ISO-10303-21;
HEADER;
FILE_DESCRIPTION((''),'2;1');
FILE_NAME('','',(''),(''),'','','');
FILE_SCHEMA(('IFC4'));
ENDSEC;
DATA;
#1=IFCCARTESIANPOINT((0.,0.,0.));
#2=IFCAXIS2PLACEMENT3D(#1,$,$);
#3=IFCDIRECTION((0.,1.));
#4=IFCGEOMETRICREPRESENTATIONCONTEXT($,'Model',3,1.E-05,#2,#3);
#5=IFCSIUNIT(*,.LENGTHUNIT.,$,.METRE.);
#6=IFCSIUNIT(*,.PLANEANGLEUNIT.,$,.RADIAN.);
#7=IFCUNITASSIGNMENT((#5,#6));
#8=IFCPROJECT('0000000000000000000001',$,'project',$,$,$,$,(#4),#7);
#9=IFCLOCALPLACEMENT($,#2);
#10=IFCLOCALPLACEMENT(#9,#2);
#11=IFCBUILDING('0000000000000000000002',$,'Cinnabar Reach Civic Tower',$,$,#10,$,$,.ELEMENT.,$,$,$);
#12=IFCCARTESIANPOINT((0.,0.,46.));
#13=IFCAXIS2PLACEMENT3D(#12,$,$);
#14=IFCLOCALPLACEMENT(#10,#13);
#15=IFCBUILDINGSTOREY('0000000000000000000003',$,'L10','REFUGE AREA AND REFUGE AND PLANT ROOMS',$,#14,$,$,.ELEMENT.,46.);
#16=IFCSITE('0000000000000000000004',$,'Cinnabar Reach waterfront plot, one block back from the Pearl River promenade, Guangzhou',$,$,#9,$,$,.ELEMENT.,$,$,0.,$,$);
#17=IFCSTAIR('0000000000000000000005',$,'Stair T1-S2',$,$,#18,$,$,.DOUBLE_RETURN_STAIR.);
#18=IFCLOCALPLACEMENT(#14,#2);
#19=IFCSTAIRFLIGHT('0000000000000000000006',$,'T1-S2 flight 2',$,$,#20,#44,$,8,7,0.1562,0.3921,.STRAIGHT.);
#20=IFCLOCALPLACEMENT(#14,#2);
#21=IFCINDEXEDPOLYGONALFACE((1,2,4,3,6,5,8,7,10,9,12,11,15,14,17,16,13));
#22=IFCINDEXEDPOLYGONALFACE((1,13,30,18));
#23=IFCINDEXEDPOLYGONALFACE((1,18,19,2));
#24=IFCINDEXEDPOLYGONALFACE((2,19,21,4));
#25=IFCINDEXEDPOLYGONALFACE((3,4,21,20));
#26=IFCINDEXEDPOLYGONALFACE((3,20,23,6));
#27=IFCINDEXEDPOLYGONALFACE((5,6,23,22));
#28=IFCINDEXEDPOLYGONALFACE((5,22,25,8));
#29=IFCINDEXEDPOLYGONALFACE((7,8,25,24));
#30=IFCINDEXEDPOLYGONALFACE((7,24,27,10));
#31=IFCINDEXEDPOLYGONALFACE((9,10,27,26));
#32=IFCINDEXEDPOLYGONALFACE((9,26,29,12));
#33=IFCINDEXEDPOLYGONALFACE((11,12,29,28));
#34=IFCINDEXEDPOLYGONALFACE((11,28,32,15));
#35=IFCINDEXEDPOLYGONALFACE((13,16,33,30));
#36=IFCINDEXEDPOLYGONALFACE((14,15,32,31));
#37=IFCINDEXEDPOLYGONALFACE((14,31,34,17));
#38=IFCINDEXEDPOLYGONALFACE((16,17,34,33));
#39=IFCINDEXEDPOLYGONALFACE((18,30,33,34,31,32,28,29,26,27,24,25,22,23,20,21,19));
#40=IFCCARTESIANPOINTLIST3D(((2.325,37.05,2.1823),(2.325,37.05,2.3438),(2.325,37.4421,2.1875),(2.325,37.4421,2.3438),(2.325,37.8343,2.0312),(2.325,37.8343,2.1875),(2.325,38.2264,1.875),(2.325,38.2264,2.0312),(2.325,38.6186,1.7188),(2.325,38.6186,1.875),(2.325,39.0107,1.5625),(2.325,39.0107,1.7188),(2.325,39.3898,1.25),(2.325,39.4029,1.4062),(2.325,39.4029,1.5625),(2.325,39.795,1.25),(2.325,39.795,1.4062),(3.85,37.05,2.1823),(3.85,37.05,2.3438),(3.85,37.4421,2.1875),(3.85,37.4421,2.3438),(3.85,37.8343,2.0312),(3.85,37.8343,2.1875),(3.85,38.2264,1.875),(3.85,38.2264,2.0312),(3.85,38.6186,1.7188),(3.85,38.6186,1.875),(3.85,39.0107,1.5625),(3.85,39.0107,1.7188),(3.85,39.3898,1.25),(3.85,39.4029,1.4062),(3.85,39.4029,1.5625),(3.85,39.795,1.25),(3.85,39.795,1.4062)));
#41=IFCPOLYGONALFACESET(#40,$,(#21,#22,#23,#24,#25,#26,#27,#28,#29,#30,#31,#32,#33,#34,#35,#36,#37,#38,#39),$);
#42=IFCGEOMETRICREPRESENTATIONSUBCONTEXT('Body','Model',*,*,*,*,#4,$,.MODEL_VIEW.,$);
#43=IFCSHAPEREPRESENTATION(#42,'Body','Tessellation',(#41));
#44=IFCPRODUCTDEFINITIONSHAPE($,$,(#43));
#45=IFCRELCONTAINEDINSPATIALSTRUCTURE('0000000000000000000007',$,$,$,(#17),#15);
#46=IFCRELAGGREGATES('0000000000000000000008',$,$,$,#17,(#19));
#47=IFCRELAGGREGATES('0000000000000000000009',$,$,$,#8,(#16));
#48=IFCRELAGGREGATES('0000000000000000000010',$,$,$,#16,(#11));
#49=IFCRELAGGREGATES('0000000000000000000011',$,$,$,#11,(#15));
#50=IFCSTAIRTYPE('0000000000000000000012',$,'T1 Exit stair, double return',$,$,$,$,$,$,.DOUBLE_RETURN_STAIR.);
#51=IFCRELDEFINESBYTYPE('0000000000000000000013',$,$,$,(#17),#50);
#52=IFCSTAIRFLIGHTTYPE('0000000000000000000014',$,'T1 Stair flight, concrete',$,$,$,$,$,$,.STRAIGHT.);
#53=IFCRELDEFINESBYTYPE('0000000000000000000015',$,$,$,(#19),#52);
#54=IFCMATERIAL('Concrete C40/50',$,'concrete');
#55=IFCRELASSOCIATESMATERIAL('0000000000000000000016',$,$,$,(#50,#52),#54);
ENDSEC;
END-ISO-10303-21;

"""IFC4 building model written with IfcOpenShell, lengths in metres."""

from ifc_helpers import new_model, si_unit, direction, frame, origin, place, context, subcontext, project, spatial, polyline, outline, extrude, material, type_object, element, aggregate, save


model = new_model("IFC4")

# Units and contexts
model_context = context("Model", 3, precision=1e-05, world=origin(), true_north=direction((0.0, 1.0)))
body_context = subcontext(model_context, "Body", "Model", "MODEL_VIEW")
ifc_project = project(units=[si_unit("LENGTHUNIT", "METRE"), si_unit("PLANEANGLEUNIT", "RADIAN")], contexts=[model_context])

# Site, building, storey
site_placement = place(None, origin())
site = spatial("IfcSite", under=ifc_project, at=site_placement, Name="Cinnabar Reach waterfront plot, one block back from the Pearl River promenade, Guangzhou", CompositionType="ELEMENT", RefElevation=0.0)
building_placement = place(site_placement, origin())
building = spatial("IfcBuilding", under=site, at=building_placement, Name="Cinnabar Reach Civic Tower", CompositionType="ELEMENT")
storey_placement = place(building_placement, frame((0.0, 0.0, 46.0)))
storey = spatial("IfcBuildingStorey", under=building, at=storey_placement, Name="L10", Description="REFUGE AREA AND REFUGE AND PLANT ROOMS", CompositionType="ELEMENT", Elevation=46.0)

# Stair, stair flight
ifc_material_1 = material(Name="Concrete C40/50", Category="concrete")
stair_type = type_object("IfcStairType", Name="T1 Exit stair, double return", PredefinedType="DOUBLE_RETURN_STAIR", material=ifc_material_1)
stair_placement = place(storey_placement, origin())
stair = element("IfcStair", 1, at=stair_placement, inside=storey, type_object=stair_type, Name="Stair T1-S2", PredefinedType="DOUBLE_RETURN_STAIR")
stair_flight_type = type_object("IfcStairFlightType", Name="T1 Stair flight, concrete", PredefinedType="STRAIGHT", material=ifc_material_1)
stair_flight_placement = place(storey_placement, frame((3.0875, 39.795, 1.25), z_axis=(0.0, 0.0, 1.0), x_axis=(0.0, -1.0, 0.0)))
stair_flight = element("IfcStairFlight", 2, at=stair_flight_placement, type_object=stair_flight_type, Name="T1-S2 flight 2", NumberOfRisers=8, NumberOfTreads=7, PredefinedType="STRAIGHT", RiserHeight=0.1562, TreadLength=0.3921, context=body_context, shape_type="SweptSolid", body=[
    extrude(outline(polyline([(0.0, 0.0), (0.0, 0.1562), (0.3921, 0.1562), (0.3921, 0.3125), (0.7843, 0.3125), (0.7843, 0.4688), (1.1764, 0.4688), (1.1764, 0.625), (1.5686, 0.625), (1.5686, 0.7812), (1.9607, 0.7812), (1.9607, 0.9375), (2.3529, 0.9375), (2.3529, 1.0938), (2.745, 1.0938), (2.745, 1.25), (2.745, 0.9323), (0.4052, 0.0), (0.0, 0.0)])), frame((0.0, 0.7625, 0.0), z_axis=(0.0, -1.0, 0.0), x_axis=(1.0, 0.0, 0.0)), (0.0, 0.0, 1.0), 1.525),
])
aggregate(stair, [stair_flight])

save(model, "model.ifc")
